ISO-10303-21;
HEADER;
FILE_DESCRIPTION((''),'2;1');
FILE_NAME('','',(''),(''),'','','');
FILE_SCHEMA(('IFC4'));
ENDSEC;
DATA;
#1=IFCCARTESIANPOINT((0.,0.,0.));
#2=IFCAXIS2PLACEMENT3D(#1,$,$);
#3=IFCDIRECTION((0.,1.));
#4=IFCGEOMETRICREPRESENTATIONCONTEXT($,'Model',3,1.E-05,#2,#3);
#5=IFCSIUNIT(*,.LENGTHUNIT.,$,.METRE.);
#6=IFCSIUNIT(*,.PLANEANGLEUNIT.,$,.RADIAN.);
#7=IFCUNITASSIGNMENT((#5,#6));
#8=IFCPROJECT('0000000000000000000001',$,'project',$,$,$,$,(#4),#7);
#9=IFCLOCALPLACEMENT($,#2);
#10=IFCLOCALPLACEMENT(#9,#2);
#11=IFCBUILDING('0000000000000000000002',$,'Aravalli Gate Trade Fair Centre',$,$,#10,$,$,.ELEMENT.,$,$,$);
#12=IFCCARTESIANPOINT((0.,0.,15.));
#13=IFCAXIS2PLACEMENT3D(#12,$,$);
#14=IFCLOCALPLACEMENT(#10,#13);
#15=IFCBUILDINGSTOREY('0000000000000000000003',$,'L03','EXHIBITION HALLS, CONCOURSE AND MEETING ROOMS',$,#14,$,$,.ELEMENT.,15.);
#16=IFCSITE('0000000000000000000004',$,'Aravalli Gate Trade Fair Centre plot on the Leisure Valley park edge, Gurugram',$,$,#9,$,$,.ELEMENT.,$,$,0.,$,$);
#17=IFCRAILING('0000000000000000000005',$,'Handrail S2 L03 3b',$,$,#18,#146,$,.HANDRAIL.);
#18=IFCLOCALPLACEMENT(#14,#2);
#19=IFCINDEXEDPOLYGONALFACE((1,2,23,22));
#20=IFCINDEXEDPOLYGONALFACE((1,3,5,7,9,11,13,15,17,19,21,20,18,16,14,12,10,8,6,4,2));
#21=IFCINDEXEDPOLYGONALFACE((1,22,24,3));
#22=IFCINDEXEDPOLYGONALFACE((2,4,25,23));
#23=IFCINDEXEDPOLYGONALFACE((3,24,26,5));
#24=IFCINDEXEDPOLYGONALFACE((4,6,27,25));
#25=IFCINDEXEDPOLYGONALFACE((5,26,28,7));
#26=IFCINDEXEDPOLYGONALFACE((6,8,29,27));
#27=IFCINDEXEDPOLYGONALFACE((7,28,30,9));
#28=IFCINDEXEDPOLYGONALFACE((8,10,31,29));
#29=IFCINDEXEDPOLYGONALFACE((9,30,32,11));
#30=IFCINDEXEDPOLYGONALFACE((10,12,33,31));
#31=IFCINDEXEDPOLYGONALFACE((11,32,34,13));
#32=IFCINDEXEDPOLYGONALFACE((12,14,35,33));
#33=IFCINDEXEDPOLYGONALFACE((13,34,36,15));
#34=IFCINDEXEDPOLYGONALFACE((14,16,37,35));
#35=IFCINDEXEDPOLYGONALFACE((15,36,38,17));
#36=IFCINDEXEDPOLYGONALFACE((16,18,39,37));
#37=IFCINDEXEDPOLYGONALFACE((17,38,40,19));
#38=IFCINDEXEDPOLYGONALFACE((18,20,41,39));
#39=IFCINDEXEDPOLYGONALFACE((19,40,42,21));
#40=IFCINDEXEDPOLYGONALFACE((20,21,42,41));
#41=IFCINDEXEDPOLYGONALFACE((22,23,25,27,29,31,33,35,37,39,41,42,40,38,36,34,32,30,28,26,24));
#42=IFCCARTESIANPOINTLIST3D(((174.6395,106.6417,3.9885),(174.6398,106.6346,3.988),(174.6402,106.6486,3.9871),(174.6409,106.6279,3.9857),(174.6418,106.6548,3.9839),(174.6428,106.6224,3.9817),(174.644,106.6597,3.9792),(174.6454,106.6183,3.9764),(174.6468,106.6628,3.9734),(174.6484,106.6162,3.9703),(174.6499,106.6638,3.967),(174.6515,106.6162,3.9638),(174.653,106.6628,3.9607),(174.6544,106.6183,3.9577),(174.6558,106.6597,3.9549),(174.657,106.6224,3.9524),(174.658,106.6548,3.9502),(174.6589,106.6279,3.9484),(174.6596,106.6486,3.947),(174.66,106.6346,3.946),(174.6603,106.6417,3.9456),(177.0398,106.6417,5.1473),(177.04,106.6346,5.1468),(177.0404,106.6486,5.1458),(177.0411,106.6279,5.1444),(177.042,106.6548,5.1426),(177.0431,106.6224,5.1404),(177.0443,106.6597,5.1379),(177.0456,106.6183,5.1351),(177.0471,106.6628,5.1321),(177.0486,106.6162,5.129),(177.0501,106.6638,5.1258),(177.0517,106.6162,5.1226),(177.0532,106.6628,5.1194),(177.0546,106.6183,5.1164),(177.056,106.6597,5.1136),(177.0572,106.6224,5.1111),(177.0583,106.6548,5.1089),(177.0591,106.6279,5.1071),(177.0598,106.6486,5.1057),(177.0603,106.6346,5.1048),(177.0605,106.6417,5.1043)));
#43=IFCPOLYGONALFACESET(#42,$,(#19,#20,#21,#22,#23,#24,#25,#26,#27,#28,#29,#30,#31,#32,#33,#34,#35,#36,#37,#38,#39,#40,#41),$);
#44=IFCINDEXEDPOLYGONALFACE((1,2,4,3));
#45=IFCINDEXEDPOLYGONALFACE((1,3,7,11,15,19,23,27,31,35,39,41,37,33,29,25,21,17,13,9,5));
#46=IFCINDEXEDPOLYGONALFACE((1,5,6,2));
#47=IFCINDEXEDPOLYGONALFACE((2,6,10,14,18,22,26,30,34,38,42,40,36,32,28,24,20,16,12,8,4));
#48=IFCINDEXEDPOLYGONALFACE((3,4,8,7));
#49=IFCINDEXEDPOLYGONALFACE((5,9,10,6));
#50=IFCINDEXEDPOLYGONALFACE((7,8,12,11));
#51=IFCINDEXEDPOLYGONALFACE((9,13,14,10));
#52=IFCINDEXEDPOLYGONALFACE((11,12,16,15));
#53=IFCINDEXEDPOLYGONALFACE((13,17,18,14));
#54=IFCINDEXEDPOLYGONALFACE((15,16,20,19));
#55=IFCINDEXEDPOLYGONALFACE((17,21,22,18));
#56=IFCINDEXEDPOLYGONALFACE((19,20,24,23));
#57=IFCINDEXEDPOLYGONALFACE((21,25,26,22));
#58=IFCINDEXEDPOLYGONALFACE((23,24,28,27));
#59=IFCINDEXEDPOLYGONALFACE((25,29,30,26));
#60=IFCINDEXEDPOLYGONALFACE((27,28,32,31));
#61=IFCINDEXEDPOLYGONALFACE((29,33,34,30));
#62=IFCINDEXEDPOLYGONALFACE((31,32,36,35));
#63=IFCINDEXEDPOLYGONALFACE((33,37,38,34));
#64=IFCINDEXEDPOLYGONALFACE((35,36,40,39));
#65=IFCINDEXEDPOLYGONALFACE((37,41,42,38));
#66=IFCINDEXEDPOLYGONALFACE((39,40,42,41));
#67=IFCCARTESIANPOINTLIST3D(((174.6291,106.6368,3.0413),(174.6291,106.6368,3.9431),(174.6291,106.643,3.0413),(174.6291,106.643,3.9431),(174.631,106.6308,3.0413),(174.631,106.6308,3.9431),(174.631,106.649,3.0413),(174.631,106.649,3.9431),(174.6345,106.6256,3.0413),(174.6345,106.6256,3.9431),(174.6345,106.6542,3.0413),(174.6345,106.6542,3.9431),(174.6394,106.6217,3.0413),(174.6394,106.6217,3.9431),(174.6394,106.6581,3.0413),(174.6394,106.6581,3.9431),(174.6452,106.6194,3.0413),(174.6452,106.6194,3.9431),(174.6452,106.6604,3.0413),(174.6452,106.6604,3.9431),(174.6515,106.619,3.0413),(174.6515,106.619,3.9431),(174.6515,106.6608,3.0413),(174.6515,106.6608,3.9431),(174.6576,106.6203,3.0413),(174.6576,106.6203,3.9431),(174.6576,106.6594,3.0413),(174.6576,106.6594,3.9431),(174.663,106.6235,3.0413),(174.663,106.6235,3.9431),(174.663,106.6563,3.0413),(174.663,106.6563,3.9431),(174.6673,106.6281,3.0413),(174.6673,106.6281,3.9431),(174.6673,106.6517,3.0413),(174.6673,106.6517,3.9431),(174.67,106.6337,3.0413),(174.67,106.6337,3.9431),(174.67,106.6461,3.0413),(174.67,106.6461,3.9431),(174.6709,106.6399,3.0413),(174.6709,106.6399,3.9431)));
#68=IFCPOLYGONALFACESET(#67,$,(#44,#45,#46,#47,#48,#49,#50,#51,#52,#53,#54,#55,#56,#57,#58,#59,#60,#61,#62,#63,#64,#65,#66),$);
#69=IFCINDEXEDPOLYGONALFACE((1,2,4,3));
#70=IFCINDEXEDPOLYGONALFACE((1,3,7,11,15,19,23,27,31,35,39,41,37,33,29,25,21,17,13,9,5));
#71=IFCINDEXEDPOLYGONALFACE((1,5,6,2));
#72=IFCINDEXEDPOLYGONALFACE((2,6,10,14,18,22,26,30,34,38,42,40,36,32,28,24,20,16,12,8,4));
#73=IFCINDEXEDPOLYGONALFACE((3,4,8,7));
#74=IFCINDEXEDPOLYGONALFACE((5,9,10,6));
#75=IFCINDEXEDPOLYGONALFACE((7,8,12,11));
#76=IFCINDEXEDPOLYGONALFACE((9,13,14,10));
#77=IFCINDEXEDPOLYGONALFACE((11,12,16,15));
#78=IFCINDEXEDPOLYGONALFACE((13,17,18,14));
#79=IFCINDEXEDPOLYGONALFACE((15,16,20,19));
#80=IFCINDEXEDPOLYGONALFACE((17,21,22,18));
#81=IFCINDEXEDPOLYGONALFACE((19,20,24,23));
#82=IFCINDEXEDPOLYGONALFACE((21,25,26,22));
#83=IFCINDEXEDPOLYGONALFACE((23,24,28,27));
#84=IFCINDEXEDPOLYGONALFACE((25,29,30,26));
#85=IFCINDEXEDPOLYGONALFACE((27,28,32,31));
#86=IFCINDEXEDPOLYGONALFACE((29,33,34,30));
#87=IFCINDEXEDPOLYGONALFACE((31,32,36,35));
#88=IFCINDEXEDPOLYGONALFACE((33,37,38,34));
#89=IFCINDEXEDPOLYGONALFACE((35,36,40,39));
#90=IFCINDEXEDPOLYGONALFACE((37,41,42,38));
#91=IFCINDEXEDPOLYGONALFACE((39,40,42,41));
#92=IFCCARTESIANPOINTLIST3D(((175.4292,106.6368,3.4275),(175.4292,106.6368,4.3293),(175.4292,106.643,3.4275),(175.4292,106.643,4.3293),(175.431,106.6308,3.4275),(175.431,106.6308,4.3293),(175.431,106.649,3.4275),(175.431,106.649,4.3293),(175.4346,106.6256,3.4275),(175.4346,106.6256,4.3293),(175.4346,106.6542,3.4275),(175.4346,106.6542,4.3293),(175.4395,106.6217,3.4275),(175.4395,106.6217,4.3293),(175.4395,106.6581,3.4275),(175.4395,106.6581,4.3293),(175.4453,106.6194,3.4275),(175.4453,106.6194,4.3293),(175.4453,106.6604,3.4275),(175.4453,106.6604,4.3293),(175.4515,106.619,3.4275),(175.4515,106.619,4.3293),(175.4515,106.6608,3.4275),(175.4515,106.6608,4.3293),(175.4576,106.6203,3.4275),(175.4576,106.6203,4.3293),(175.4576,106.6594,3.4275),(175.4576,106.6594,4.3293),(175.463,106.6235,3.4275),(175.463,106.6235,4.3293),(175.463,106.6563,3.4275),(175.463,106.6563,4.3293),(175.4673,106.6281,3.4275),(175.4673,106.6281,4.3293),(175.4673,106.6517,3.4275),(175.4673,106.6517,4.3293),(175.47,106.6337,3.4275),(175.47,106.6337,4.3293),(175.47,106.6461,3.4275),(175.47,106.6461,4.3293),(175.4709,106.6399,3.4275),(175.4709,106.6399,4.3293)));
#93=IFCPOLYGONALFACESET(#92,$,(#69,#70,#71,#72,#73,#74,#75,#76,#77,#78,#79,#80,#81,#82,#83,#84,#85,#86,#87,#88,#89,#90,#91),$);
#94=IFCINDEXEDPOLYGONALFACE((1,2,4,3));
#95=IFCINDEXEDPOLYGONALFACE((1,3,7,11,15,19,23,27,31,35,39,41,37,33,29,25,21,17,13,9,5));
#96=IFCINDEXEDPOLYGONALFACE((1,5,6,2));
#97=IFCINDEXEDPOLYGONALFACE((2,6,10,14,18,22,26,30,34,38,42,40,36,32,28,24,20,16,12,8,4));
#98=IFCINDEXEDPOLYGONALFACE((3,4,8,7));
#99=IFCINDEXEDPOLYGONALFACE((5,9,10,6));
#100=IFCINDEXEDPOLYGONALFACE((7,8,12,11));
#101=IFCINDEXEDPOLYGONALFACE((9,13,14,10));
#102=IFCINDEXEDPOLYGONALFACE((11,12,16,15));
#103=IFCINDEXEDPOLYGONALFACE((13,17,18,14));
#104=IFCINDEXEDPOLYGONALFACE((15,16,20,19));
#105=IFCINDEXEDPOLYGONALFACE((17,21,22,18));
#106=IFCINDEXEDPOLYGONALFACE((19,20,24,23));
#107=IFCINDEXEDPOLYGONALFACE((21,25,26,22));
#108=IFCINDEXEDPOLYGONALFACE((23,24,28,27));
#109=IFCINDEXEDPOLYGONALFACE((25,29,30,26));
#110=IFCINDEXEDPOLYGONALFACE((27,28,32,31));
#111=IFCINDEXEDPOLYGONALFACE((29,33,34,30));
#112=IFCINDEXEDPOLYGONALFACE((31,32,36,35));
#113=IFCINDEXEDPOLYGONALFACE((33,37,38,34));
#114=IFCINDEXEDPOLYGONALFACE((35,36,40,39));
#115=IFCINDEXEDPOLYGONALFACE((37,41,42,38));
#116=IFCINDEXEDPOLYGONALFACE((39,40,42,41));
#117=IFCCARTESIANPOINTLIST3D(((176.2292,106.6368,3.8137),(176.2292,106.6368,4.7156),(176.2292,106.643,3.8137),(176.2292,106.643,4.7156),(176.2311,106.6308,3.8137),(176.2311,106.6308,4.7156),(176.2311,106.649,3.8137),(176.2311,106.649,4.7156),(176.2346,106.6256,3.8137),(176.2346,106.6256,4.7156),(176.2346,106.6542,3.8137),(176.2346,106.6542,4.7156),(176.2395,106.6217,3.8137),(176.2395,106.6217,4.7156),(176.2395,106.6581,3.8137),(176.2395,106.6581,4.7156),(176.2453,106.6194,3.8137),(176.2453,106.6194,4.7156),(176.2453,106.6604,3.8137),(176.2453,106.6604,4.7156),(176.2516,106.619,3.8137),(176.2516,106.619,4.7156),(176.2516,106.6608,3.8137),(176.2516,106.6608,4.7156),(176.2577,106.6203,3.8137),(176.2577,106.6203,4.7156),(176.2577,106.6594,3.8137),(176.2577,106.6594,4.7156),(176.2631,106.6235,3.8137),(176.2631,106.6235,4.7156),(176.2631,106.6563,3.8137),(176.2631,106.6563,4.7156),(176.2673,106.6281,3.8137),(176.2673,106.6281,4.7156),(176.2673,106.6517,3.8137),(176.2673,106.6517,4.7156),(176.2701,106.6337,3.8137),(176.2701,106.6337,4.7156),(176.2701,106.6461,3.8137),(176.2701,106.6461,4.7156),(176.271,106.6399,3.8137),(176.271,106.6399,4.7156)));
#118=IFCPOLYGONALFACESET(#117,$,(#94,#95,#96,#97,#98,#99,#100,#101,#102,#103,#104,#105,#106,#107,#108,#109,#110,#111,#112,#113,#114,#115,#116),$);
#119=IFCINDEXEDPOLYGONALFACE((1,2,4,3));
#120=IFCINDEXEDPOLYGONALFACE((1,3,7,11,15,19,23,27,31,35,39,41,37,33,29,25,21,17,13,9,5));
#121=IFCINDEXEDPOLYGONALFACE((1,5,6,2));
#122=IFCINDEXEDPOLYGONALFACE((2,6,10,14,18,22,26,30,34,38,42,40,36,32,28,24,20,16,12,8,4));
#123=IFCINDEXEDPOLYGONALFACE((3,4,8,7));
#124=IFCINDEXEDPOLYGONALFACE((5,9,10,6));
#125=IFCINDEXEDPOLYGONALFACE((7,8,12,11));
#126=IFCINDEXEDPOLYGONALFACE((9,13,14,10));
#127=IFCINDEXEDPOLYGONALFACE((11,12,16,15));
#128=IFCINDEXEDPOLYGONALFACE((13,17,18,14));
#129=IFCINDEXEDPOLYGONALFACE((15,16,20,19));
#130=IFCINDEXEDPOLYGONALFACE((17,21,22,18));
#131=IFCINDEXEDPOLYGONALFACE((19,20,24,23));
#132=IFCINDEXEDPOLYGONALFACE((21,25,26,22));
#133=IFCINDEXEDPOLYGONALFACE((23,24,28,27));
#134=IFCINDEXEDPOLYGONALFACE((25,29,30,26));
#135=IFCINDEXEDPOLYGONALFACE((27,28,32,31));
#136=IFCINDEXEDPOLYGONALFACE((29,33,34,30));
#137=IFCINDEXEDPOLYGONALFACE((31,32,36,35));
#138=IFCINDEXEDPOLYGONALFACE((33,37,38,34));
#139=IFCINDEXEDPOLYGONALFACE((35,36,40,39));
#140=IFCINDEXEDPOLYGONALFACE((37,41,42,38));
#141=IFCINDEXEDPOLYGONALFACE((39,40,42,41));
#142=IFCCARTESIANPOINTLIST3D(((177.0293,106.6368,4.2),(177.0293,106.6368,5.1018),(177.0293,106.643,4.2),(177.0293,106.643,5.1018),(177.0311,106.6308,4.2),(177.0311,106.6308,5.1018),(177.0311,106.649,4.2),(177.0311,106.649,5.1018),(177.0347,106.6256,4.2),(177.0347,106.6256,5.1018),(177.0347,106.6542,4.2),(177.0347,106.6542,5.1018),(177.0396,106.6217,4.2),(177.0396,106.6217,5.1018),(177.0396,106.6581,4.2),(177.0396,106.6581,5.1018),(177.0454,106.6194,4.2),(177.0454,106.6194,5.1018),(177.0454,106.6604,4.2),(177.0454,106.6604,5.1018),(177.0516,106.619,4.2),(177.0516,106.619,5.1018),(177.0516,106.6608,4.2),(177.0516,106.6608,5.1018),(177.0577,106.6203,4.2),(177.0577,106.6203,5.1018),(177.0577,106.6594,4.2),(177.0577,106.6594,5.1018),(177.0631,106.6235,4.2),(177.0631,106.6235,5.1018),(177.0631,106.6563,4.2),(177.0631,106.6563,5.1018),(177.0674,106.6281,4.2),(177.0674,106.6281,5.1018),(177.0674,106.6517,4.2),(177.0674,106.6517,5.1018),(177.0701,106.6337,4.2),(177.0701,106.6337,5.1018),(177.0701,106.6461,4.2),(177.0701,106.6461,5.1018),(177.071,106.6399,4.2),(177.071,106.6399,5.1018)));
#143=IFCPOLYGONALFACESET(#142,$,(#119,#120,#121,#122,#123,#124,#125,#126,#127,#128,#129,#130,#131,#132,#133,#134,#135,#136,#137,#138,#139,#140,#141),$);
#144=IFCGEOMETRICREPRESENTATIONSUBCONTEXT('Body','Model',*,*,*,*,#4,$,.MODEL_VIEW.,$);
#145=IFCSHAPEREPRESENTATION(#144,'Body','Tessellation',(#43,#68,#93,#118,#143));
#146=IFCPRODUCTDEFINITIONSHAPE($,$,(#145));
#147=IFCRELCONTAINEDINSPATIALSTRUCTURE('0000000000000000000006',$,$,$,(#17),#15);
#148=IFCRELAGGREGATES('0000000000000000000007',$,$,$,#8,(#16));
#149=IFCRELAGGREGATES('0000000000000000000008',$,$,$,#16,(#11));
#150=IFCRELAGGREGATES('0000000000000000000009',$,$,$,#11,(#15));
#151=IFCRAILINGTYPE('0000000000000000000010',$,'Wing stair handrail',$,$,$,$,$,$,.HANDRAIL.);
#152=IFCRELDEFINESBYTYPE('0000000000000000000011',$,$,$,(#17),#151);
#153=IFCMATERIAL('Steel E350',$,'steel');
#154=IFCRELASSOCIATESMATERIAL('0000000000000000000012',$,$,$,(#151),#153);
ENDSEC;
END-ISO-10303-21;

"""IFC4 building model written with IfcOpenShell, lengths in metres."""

from ifc_helpers import new_model, si_unit, direction, frame, origin, origin_2d, place, context, subcontext, project, spatial, circle, extrude, material, type_object, element, save


model = new_model("IFC4")

# Units and contexts
model_context = context("Model", 3, precision=1e-05, world=origin(), true_north=direction((0.0, 1.0)))
body_context = subcontext(model_context, "Body", "Model", "MODEL_VIEW")
ifc_project = project(units=[si_unit("LENGTHUNIT", "METRE"), si_unit("PLANEANGLEUNIT", "RADIAN")], contexts=[model_context])

# Site, building, storey
site_placement = place(None, origin())
site = spatial("IfcSite", under=ifc_project, at=site_placement, Name="Aravalli Gate Trade Fair Centre plot on the Leisure Valley park edge, Gurugram", CompositionType="ELEMENT", RefElevation=0.0)
building_placement = place(site_placement, origin())
building = spatial("IfcBuilding", under=site, at=building_placement, Name="Aravalli Gate Trade Fair Centre", CompositionType="ELEMENT")
storey_placement = place(building_placement, frame((0.0, 0.0, 15.0)))
storey = spatial("IfcBuildingStorey", under=building, at=storey_placement, Name="L03", Description="EXHIBITION HALLS, CONCOURSE AND MEETING ROOMS", CompositionType="ELEMENT", Elevation=15.0)

# Railing
ifc_material_1 = material(Name="Steel E350", Category="steel")
railing_type_1 = type_object("IfcRailingType", Name="Wing stair handrail", PredefinedType="HANDRAIL", material=ifc_material_1)
railing_1_placement = place(storey_placement, frame((174.6499, 106.6399, 3.0413)))
element("IfcRailing", 1, at=railing_1_placement, inside=storey, type_object=railing_type_1, Name="Handrail S2 L03 3b", PredefinedType="HANDRAIL", context=body_context, shape_type="SweptSolid", body=[
    extrude(circle(Radius=0.0239, at=origin_2d()), frame((0.0, 0.0, 0.9258), z_axis=(0.900552, 0.0, 0.434749), x_axis=(0.0, 1.0, 0.0)), (0.0, 0.0, 1.0), 2.6653),
    extrude(circle(Radius=0.021, at=origin_2d()), origin(), (0.0, 0.0, 1.0), 0.9019),
    extrude(circle(Radius=0.021, at=origin_2d()), frame((0.8, 0.0, 0.3862)), (0.0, 0.0, 1.0), 0.9019),
    extrude(circle(Radius=0.021, at=origin_2d()), frame((1.6001, 0.0, 0.7725)), (0.0, 0.0, 1.0), 0.9019),
    extrude(circle(Radius=0.021, at=origin_2d()), frame((2.4001, 0.0, 1.1587)), (0.0, 0.0, 1.0), 0.9019),
])

save(model, "model.ifc")
